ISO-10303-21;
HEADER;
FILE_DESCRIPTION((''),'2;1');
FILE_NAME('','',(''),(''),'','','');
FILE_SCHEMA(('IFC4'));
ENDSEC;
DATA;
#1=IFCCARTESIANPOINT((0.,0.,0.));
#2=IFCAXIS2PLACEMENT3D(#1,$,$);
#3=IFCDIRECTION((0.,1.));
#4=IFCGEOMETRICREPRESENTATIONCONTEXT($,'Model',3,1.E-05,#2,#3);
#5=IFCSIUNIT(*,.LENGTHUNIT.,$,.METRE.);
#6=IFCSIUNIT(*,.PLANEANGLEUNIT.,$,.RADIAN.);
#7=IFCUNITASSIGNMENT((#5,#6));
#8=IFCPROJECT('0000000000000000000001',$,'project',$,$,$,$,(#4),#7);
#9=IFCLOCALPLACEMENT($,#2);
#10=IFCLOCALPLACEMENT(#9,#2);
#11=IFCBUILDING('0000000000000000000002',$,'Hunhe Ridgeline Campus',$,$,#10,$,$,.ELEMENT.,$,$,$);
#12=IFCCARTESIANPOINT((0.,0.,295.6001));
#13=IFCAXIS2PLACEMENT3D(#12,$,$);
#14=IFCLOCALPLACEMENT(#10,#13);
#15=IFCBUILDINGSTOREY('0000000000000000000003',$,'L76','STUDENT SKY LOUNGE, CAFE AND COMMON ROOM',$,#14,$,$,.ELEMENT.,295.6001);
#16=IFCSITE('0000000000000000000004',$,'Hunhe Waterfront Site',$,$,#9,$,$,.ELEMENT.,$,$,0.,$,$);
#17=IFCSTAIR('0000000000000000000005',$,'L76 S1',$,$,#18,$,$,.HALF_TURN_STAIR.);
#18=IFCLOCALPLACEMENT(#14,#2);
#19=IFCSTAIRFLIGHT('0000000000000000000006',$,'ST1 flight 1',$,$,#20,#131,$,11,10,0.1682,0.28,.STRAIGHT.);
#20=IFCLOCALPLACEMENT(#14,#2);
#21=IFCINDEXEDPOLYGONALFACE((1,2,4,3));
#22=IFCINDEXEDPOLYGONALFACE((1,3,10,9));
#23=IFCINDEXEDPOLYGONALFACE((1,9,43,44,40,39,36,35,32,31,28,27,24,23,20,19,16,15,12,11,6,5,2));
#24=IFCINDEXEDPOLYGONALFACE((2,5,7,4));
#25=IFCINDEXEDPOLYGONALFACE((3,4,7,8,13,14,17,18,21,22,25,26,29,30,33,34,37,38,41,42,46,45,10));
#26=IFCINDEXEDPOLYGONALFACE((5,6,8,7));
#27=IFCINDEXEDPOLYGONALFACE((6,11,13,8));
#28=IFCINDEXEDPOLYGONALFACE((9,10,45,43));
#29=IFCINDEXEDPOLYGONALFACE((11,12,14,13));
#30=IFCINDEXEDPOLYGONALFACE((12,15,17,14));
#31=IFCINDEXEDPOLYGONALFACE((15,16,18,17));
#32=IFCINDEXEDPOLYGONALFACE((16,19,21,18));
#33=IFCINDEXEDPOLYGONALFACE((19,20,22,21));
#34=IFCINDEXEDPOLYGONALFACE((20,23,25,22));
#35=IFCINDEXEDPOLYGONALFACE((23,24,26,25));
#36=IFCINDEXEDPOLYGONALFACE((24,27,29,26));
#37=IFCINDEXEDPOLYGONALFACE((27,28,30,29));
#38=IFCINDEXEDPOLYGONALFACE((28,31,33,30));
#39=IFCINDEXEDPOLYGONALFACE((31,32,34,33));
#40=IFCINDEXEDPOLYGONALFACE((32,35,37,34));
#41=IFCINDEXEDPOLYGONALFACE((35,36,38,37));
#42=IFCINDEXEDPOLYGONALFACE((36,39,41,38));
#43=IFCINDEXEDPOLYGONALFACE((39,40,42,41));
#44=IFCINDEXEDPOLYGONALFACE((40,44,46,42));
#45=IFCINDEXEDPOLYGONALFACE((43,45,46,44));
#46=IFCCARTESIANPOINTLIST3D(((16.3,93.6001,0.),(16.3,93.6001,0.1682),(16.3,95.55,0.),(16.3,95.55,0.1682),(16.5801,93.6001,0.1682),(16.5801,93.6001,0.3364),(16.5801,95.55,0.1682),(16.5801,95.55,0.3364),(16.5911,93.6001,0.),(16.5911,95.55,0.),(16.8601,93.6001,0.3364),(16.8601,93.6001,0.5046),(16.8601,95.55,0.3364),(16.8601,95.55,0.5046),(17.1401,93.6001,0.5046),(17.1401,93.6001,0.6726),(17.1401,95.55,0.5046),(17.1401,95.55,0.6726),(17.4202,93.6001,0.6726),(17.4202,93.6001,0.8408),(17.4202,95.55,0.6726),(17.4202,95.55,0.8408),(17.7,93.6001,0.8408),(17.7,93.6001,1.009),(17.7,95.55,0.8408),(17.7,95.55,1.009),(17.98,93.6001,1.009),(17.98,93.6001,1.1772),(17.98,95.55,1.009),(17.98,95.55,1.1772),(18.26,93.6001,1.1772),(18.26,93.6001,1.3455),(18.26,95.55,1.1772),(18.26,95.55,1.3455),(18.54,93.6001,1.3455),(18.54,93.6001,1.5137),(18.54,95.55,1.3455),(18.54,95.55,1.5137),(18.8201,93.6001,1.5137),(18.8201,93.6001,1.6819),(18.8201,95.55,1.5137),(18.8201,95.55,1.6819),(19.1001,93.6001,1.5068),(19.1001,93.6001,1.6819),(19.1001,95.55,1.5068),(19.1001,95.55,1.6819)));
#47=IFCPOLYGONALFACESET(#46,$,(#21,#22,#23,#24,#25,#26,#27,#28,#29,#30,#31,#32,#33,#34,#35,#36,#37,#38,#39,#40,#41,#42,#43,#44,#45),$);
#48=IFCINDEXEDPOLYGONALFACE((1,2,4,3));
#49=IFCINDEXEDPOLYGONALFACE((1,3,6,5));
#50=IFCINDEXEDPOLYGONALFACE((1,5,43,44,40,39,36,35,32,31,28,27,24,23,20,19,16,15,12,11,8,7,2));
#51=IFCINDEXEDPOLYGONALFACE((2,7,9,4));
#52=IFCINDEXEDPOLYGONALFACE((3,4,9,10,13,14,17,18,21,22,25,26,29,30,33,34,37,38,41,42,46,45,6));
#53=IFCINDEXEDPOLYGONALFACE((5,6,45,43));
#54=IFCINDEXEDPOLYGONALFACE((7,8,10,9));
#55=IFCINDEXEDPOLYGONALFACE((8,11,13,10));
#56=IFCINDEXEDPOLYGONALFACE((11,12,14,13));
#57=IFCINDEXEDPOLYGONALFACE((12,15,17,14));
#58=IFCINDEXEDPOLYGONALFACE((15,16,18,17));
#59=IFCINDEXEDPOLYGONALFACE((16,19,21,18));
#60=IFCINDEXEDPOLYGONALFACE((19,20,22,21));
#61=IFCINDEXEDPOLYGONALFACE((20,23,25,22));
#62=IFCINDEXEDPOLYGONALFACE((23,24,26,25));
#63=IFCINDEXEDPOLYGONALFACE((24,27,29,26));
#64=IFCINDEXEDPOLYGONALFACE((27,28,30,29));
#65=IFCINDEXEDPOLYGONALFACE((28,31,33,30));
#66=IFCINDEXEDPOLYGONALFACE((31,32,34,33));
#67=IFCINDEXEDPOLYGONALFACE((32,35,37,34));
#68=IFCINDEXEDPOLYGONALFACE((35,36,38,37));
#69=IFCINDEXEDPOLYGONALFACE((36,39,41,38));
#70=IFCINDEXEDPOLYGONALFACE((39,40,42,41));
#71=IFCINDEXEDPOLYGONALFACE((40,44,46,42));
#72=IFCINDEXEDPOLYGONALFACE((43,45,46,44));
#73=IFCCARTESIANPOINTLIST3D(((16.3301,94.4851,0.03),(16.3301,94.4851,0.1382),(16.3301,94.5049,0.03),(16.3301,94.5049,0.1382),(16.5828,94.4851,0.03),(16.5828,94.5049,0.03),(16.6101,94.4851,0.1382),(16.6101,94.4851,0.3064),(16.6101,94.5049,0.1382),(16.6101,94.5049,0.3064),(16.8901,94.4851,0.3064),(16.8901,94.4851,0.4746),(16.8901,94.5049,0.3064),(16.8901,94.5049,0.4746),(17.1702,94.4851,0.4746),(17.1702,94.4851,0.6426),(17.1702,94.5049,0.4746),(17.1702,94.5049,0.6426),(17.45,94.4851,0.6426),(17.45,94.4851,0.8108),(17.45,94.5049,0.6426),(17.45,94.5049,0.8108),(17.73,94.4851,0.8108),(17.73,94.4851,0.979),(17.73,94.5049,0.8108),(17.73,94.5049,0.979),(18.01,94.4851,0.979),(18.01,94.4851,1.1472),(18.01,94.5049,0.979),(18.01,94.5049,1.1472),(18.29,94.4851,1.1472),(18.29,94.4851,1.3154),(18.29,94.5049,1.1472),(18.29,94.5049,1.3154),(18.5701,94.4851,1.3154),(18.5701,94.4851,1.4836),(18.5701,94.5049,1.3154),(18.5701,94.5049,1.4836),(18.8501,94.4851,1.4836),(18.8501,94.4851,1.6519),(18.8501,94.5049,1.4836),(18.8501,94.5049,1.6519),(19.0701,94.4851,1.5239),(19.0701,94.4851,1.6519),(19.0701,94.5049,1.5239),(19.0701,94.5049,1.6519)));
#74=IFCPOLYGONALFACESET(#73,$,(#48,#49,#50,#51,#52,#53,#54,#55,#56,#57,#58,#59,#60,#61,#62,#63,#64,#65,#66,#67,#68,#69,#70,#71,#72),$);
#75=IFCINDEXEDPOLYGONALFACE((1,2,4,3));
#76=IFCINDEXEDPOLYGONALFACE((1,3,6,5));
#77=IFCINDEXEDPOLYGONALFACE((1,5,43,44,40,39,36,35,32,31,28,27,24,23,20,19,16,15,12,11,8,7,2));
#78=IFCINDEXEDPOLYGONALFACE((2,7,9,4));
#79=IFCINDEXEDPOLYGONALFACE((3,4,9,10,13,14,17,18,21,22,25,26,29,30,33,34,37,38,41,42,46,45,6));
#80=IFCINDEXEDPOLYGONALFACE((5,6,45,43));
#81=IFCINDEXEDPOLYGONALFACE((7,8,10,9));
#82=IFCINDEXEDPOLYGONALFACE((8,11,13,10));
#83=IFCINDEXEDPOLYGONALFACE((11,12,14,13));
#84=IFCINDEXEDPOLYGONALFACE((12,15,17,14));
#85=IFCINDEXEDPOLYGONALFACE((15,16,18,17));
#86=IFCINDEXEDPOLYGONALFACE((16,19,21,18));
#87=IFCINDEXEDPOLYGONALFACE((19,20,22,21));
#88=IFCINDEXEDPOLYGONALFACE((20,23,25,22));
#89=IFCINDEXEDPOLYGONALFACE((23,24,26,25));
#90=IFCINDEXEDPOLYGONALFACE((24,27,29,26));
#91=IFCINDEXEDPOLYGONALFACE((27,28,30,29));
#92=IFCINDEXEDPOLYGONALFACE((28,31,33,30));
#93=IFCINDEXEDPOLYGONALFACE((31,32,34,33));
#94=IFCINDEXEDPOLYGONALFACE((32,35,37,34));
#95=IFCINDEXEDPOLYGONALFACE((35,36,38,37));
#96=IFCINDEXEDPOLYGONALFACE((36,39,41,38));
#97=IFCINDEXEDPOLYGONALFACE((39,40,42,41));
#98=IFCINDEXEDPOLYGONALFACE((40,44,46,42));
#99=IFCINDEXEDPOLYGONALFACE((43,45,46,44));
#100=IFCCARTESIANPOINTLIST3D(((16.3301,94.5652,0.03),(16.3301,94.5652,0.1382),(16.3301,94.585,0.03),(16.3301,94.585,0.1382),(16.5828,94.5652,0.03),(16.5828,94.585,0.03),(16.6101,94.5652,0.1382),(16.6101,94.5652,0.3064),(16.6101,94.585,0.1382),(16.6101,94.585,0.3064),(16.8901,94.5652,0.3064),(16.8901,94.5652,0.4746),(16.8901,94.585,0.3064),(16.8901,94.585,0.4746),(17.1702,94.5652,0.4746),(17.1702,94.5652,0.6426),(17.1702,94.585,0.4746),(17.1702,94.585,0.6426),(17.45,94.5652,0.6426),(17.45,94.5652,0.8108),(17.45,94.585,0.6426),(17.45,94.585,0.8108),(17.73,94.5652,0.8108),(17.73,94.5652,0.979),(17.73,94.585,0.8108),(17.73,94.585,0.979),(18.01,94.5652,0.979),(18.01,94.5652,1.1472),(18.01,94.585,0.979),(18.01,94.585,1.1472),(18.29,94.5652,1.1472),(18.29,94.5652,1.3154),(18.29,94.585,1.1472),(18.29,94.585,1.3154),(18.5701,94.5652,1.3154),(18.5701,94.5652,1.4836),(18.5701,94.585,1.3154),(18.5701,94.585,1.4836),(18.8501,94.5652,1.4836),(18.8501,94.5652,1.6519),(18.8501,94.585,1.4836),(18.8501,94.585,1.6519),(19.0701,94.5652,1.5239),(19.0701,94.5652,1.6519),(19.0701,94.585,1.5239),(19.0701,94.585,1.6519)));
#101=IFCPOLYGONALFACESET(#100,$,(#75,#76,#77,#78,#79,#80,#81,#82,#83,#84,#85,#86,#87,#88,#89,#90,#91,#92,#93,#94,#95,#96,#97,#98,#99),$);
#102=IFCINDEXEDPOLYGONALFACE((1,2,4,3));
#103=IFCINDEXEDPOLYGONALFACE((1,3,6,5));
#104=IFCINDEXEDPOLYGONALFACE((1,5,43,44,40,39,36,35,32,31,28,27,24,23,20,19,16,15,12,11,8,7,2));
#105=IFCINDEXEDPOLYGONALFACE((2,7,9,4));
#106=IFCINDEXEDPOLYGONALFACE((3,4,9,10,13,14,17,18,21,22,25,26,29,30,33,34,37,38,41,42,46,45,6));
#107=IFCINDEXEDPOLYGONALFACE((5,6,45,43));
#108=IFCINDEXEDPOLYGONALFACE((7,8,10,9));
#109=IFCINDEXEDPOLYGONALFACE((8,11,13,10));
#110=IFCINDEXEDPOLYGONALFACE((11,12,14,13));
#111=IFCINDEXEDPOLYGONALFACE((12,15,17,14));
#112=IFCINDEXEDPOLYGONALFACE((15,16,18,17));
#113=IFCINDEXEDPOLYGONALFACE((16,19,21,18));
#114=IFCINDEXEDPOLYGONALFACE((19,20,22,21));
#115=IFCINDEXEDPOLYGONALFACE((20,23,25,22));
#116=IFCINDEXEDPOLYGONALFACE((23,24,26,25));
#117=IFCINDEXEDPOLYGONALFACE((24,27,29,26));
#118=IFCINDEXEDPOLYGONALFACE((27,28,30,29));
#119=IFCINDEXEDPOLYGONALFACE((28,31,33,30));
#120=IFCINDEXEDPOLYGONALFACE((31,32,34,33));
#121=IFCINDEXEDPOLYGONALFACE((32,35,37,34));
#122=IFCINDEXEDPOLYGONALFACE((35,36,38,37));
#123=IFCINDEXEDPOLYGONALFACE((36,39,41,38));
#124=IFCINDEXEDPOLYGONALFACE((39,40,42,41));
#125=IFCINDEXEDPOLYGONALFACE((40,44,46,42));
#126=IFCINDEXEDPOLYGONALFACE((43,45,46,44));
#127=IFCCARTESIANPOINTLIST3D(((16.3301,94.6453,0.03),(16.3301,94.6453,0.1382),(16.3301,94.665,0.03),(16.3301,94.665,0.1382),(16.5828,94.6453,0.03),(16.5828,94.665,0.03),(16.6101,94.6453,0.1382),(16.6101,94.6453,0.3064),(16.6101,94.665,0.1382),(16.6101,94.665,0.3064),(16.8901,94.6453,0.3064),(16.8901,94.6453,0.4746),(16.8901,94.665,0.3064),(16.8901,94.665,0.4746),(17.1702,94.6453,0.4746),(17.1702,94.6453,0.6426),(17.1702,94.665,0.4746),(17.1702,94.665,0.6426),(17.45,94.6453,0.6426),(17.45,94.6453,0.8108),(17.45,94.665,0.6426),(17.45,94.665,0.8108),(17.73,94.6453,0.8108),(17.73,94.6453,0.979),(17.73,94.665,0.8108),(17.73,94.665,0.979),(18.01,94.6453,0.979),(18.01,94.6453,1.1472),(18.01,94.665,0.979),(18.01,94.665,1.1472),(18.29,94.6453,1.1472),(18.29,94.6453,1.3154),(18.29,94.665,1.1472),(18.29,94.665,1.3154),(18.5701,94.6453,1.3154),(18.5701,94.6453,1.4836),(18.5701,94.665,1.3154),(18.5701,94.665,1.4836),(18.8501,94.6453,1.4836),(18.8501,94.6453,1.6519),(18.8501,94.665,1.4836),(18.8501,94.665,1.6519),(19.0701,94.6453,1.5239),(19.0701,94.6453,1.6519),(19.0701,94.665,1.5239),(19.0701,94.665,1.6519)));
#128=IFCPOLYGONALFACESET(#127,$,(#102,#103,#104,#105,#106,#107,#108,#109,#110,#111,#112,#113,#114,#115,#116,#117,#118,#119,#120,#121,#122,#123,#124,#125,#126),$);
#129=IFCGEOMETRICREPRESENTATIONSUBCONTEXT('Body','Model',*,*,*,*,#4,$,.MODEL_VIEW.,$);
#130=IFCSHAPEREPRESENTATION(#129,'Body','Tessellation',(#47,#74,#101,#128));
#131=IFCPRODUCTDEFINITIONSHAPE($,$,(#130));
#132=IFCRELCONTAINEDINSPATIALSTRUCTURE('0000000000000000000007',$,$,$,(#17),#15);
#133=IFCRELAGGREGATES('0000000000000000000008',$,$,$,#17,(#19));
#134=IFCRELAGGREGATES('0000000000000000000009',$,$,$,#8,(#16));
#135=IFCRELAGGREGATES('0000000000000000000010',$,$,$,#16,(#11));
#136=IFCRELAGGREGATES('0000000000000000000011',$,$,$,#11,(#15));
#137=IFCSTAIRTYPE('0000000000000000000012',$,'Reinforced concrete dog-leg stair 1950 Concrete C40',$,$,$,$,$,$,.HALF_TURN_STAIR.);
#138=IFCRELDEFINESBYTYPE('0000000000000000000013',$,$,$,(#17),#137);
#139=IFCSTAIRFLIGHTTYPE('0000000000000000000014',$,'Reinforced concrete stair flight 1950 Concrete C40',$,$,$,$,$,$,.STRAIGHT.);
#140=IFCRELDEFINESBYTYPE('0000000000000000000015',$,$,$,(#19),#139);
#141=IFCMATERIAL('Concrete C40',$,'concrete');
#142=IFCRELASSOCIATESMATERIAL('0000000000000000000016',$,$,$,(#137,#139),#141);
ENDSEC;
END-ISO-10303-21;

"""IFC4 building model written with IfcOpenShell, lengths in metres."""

from ifc_helpers import new_model, si_unit, direction, frame, origin, place, context, subcontext, project, spatial, polyline, outline, extrude, material, type_object, element, aggregate, save


model = new_model("IFC4")

# Units and contexts
model_context = context("Model", 3, precision=1e-05, world=origin(), true_north=direction((0.0, 1.0)))
body_context = subcontext(model_context, "Body", "Model", "MODEL_VIEW")
ifc_project = project(units=[si_unit("LENGTHUNIT", "METRE"), si_unit("PLANEANGLEUNIT", "RADIAN")], contexts=[model_context])

# Site, building, storey
site_placement = place(None, origin())
site = spatial("IfcSite", under=ifc_project, at=site_placement, Name="Hunhe Waterfront Site", CompositionType="ELEMENT", RefElevation=0.0)
building_placement = place(site_placement, origin())
building = spatial("IfcBuilding", under=site, at=building_placement, Name="Hunhe Ridgeline Campus", CompositionType="ELEMENT")
storey_placement = place(building_placement, frame((0.0, 0.0, 295.6001)))
storey = spatial("IfcBuildingStorey", under=building, at=storey_placement, Name="L76", Description="STUDENT SKY LOUNGE, CAFE AND COMMON ROOM", CompositionType="ELEMENT", Elevation=295.6001)

# Stair, stair flight
ifc_material_1 = material(Name="Concrete C40", Category="concrete")
stair_type = type_object("IfcStairType", Name="Reinforced concrete dog-leg stair 1950 Concrete C40", PredefinedType="HALF_TURN_STAIR", material=ifc_material_1)
stair_placement = place(storey_placement, origin())
stair = element("IfcStair", 1, at=stair_placement, inside=storey, type_object=stair_type, Name="L76 S1", PredefinedType="HALF_TURN_STAIR")
stair_flight_type = type_object("IfcStairFlightType", Name="Reinforced concrete stair flight 1950 Concrete C40", PredefinedType="STRAIGHT", material=ifc_material_1)
stair_flight_1_placement = place(storey_placement, frame((16.3, 94.575, 0.0), z_axis=(0.0, 0.0, 1.0), x_axis=(1.0, 0.0, 0.0)))
stair_flight_1 = element("IfcStairFlight", 2, at=stair_flight_1_placement, type_object=stair_flight_type, Name="ST1 flight 1", NumberOfRisers=11, NumberOfTreads=10, PredefinedType="STRAIGHT", RiserHeight=0.1682, TreadLength=0.28, context=body_context, shape_type="SweptSolid", body=[
    extrude(outline(polyline([(0.0, 0.0), (0.0, 0.1682), (0.28, 0.1682), (0.28, 0.3364), (0.5601, 0.3364), (0.5601, 0.5046), (0.8401, 0.5046), (0.8401, 0.6726), (1.1201, 0.6726), (1.1201, 0.8408), (1.3999, 0.8408), (1.3999, 1.009), (1.6799, 1.009), (1.6799, 1.1772), (1.96, 1.1772), (1.96, 1.3455), (2.24, 1.3455), (2.24, 1.5137), (2.52, 1.5137), (2.52, 1.6819), (2.8, 1.6819), (2.8, 1.8501), (2.8, 1.5068), (0.291, 0.0), (0.0, 0.0)])), frame((0.0, 0.9751, 0.0), z_axis=(0.0, -1.0, 0.0), x_axis=(1.0, 0.0, 0.0)), (0.0, 0.0, 1.0), 1.95),
    extrude(outline(polyline([(0.03, 0.03), (0.03, 0.1382), (0.3101, 0.1382), (0.3101, 0.3064), (0.5901, 0.3064), (0.5901, 0.4746), (0.8701, 0.4746), (0.8701, 0.6426), (1.1499, 0.6426), (1.1499, 0.8108), (1.4299, 0.8108), (1.4299, 0.979), (1.71, 0.979), (1.71, 1.1472), (1.99, 1.1472), (1.99, 1.3154), (2.27, 1.3154), (2.27, 1.4836), (2.55, 1.4836), (2.55, 1.6519), (2.77, 1.6519), (2.77, 1.5239), (0.2827, 0.03), (0.03, 0.03)])), frame((0.0, -0.0701, 0.0), z_axis=(0.0, -1.0, 0.0), x_axis=(1.0, 0.0, 0.0)), (0.0, 0.0, 1.0), 0.0198),
    extrude(outline(polyline([(0.03, 0.03), (0.03, 0.1382), (0.3101, 0.1382), (0.3101, 0.3064), (0.5901, 0.3064), (0.5901, 0.4746), (0.8701, 0.4746), (0.8701, 0.6426), (1.1499, 0.6426), (1.1499, 0.8108), (1.4299, 0.8108), (1.4299, 0.979), (1.71, 0.979), (1.71, 1.1472), (1.99, 1.1472), (1.99, 1.3154), (2.27, 1.3154), (2.27, 1.4836), (2.55, 1.4836), (2.55, 1.6519), (2.77, 1.6519), (2.77, 1.5239), (0.2827, 0.03), (0.03, 0.03)])), frame((0.0, 0.01, 0.0), z_axis=(0.0, -1.0, 0.0), x_axis=(1.0, 0.0, 0.0)), (0.0, 0.0, 1.0), 0.0198),
    extrude(outline(polyline([(0.03, 0.03), (0.03, 0.1382), (0.3101, 0.1382), (0.3101, 0.3064), (0.5901, 0.3064), (0.5901, 0.4746), (0.8701, 0.4746), (0.8701, 0.6426), (1.1499, 0.6426), (1.1499, 0.8108), (1.4299, 0.8108), (1.4299, 0.979), (1.71, 0.979), (1.71, 1.1472), (1.99, 1.1472), (1.99, 1.3154), (2.27, 1.3154), (2.27, 1.4836), (2.55, 1.4836), (2.55, 1.6519), (2.77, 1.6519), (2.77, 1.5239), (0.2827, 0.03), (0.03, 0.03)])), frame((0.0, 0.0901, 0.0), z_axis=(0.0, -1.0, 0.0), x_axis=(1.0, 0.0, 0.0)), (0.0, 0.0, 1.0), 0.0198),
])
aggregate(stair, [stair_flight_1])

save(model, "model.ifc")
